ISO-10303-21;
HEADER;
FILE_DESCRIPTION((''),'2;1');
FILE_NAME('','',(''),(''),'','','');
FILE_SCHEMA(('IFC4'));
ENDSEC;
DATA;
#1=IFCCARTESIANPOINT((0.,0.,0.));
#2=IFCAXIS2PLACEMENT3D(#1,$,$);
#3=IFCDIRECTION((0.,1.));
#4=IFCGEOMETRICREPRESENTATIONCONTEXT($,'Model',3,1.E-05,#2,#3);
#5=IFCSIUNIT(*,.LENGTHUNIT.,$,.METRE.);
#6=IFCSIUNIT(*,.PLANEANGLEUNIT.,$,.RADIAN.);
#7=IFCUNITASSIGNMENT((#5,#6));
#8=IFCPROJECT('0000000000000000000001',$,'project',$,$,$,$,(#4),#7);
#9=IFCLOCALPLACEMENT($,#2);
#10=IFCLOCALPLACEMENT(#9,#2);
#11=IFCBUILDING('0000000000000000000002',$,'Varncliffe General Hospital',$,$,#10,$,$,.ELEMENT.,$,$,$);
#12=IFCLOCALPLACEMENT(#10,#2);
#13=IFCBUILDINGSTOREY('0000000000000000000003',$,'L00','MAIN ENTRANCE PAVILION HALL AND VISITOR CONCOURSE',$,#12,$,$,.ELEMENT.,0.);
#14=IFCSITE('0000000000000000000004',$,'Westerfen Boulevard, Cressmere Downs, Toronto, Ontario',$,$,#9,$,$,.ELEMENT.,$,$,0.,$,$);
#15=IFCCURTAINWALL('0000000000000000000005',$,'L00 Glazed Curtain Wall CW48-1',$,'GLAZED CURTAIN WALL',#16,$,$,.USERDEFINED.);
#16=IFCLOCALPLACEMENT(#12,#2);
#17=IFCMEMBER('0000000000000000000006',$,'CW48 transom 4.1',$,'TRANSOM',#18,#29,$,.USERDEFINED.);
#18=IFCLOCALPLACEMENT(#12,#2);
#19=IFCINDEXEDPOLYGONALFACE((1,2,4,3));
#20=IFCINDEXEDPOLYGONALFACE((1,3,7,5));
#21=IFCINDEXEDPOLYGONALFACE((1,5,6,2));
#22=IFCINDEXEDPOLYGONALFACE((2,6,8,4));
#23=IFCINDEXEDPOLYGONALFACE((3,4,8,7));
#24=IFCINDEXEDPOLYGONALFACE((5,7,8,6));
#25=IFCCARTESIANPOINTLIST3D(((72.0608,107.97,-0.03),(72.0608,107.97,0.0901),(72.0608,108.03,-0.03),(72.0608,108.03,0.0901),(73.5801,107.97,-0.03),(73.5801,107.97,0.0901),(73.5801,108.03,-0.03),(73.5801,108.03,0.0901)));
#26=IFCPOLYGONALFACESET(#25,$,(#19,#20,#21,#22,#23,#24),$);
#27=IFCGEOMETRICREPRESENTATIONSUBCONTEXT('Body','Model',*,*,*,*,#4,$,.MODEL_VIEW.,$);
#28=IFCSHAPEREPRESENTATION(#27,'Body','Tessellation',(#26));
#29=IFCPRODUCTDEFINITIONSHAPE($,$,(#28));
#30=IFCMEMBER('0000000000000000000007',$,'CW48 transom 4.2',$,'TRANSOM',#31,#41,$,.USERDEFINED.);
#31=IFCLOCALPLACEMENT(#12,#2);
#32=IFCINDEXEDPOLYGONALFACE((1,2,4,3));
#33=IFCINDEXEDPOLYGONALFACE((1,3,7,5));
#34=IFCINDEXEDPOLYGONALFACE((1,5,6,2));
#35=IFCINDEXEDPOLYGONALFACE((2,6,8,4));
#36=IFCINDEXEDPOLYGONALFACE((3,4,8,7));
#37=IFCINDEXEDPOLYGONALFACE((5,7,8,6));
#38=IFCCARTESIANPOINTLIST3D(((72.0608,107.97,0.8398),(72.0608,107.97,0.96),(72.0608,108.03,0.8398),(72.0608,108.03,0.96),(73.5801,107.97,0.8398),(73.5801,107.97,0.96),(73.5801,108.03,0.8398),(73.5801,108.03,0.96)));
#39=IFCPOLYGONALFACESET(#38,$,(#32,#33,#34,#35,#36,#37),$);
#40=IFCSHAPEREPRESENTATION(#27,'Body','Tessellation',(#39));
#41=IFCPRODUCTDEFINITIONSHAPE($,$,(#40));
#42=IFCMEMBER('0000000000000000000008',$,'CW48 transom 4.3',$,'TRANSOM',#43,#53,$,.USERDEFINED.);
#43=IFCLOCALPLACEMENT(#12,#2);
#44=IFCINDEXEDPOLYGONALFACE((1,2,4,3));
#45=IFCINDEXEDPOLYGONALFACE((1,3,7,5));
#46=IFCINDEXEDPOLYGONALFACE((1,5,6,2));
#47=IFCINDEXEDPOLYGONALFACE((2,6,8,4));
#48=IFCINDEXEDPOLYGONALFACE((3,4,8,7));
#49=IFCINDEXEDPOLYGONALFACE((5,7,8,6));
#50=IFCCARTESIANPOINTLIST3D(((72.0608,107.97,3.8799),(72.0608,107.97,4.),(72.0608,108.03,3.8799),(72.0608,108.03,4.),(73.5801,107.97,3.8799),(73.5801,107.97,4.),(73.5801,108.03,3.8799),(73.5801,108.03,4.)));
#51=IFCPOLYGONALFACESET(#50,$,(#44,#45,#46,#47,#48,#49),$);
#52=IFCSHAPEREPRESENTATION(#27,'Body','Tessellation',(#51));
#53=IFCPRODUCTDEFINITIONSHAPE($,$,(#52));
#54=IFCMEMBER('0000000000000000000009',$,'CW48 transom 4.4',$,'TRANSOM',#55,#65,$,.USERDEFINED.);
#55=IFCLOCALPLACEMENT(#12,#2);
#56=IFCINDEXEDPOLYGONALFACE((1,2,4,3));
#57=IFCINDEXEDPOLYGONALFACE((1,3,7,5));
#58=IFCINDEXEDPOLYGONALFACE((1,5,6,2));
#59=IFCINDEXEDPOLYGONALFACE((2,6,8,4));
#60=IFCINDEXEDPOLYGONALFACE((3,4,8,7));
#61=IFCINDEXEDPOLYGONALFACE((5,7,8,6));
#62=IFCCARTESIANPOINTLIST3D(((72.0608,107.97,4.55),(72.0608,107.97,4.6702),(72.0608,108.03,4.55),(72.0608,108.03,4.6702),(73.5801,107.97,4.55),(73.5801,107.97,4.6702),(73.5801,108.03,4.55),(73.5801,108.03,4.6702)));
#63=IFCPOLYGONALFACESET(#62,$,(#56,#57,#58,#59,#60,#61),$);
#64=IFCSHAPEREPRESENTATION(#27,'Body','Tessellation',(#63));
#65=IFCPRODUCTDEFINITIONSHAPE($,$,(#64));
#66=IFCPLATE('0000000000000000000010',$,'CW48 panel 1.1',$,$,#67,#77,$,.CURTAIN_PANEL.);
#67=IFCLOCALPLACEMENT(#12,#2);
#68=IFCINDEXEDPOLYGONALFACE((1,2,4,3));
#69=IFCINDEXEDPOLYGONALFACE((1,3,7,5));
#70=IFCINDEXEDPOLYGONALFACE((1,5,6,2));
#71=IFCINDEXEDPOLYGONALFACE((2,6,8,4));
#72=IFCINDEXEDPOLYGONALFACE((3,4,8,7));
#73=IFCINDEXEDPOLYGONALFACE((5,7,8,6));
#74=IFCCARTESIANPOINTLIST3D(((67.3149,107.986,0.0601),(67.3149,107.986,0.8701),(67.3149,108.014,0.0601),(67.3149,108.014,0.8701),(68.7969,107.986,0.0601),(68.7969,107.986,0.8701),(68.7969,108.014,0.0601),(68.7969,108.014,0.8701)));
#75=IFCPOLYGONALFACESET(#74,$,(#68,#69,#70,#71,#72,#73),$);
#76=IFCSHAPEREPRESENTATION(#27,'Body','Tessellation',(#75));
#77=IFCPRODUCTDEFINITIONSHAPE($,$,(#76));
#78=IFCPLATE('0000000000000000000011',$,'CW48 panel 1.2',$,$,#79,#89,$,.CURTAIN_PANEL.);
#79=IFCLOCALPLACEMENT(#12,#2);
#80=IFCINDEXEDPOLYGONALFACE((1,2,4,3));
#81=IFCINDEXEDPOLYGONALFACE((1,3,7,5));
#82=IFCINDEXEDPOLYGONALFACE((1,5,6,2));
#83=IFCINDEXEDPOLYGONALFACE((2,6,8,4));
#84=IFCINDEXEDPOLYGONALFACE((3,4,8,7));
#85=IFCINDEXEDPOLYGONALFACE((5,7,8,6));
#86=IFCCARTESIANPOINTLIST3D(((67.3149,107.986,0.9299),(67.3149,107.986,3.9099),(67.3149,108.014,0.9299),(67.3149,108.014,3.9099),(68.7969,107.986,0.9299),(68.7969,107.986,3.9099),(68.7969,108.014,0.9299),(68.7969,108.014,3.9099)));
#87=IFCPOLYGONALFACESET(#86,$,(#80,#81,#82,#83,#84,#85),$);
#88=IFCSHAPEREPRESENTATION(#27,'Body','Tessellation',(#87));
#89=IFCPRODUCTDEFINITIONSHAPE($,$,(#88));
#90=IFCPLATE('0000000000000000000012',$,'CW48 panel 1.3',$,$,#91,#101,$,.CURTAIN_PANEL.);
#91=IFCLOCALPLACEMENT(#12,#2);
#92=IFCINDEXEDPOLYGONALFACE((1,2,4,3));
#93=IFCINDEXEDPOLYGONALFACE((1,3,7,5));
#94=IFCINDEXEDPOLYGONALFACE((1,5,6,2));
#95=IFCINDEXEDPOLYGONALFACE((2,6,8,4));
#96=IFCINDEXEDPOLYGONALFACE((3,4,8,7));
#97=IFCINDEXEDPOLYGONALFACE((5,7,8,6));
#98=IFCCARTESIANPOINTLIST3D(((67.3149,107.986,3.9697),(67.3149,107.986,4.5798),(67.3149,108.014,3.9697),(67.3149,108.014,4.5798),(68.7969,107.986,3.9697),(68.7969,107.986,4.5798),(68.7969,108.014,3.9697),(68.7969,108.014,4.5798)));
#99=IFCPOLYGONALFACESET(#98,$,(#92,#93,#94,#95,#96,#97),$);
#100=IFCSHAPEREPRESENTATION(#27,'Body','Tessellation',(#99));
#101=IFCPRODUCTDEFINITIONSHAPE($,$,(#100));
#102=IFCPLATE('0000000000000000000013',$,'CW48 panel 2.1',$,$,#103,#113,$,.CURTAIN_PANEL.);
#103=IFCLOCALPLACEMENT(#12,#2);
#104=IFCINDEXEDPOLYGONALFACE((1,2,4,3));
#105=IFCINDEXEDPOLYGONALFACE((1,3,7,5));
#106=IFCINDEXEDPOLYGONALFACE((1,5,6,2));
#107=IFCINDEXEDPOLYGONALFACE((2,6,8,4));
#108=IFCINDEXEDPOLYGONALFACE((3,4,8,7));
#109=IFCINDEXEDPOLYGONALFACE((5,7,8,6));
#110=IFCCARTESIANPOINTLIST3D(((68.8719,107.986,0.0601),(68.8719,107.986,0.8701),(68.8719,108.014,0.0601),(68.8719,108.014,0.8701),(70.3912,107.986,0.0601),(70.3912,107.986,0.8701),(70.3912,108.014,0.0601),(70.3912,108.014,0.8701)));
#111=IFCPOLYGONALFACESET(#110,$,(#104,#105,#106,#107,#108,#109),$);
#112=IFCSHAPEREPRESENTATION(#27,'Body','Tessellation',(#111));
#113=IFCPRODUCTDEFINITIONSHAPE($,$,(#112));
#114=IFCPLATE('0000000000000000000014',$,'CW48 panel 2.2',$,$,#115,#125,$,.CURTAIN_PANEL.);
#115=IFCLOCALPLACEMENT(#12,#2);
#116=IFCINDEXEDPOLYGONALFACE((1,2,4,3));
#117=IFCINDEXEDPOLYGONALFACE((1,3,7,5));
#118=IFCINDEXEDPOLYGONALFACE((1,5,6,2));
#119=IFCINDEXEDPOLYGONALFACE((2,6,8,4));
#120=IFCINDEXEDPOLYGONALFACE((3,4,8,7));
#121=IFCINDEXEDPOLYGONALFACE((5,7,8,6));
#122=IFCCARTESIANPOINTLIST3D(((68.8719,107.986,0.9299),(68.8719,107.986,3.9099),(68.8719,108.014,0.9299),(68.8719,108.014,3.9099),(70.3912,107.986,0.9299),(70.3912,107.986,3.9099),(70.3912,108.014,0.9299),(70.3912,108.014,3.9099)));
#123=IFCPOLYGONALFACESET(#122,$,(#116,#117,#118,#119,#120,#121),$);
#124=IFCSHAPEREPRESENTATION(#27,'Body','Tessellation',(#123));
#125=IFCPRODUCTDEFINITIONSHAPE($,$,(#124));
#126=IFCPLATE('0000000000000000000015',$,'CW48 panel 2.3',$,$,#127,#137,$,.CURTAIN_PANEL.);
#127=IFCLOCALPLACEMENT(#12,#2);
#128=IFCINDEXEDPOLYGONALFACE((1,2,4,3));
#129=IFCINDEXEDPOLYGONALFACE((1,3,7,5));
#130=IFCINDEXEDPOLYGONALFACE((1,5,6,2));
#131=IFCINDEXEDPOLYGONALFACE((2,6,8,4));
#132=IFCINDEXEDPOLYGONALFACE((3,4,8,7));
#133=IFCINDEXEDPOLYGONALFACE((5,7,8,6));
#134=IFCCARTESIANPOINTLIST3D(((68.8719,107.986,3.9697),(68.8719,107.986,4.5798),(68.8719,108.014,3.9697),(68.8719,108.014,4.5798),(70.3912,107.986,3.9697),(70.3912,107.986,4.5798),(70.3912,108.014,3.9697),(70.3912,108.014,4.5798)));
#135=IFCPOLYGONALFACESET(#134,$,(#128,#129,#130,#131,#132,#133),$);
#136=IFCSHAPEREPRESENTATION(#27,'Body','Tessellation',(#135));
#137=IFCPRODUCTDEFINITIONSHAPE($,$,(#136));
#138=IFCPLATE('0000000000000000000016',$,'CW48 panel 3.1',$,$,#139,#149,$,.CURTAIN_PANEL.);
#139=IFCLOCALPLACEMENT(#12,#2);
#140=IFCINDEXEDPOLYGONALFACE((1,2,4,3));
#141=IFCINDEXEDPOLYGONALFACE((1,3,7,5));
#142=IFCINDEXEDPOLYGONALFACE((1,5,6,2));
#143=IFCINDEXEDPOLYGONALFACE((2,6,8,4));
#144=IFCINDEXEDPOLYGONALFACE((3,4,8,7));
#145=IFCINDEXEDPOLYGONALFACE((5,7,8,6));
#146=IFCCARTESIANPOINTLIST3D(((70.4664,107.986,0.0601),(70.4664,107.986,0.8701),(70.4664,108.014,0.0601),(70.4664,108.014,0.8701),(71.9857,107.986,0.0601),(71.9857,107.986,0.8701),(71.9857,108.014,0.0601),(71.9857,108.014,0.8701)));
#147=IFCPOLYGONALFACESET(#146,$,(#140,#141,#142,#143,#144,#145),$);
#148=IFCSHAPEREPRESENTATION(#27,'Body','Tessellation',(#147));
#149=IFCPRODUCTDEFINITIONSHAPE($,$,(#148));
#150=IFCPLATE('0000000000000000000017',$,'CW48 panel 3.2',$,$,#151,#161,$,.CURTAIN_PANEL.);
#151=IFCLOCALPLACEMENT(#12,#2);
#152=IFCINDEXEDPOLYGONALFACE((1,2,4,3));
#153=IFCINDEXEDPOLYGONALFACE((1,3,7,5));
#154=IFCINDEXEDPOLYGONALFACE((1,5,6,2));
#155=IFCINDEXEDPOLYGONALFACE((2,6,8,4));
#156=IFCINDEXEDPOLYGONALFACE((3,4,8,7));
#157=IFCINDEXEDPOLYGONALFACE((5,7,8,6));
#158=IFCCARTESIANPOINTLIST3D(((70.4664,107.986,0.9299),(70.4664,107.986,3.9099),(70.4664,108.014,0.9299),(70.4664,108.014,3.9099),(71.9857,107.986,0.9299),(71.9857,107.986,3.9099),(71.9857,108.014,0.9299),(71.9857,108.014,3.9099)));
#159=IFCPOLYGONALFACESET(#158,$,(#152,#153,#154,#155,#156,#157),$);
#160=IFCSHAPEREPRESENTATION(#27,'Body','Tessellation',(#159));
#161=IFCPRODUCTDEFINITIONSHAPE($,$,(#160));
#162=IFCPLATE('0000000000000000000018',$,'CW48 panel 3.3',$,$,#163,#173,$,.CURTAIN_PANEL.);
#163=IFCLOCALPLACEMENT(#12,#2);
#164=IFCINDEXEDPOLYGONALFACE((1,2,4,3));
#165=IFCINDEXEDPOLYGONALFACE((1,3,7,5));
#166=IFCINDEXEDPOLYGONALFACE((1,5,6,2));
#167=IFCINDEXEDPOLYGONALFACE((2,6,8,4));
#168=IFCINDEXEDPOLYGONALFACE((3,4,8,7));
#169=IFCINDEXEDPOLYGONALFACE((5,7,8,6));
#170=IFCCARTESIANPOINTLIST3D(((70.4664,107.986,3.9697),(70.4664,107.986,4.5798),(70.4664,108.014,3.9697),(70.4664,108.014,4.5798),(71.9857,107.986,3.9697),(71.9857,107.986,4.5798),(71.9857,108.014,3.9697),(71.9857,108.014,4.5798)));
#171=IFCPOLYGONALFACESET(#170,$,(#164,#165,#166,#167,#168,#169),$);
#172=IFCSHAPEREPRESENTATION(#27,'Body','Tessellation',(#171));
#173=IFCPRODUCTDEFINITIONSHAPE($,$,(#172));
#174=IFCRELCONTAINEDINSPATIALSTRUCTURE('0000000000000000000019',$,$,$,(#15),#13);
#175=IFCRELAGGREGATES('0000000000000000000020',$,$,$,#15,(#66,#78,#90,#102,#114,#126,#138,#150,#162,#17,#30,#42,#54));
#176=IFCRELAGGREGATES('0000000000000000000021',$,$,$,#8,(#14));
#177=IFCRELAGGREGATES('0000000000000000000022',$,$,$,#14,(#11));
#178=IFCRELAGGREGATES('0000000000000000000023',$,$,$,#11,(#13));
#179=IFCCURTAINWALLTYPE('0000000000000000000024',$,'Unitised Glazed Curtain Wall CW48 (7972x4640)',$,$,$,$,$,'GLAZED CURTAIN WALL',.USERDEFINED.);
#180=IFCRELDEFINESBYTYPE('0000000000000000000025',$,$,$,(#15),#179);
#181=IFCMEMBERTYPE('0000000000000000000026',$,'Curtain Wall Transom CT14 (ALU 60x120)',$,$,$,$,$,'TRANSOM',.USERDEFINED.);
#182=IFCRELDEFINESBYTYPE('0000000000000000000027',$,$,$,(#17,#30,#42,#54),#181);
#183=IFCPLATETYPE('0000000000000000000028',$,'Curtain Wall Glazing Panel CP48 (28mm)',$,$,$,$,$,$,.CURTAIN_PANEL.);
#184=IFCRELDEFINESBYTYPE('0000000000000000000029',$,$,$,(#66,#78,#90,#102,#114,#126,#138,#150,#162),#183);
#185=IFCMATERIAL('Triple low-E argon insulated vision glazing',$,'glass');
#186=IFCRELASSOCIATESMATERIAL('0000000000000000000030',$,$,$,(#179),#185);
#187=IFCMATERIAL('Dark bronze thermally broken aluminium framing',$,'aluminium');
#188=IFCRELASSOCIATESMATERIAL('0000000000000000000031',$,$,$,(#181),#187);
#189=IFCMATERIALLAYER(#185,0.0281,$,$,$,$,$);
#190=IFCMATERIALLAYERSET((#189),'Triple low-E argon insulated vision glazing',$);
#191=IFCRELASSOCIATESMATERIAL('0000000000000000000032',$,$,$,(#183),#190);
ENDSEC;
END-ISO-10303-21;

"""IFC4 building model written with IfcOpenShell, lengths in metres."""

from ifc_helpers import new_model, si_unit, direction, frame, origin, origin_2d, place, context, subcontext, project, spatial, rectangle, extrude, material, layer, layer_set, material_profile, profile_set, type_object, element, aggregate, save


model = new_model("IFC4")

# Units and contexts
model_context = context("Model", 3, precision=1e-05, world=origin(), true_north=direction((0.0, 1.0)))
body_context = subcontext(model_context, "Body", "Model", "MODEL_VIEW")
ifc_project = project(units=[si_unit("LENGTHUNIT", "METRE"), si_unit("PLANEANGLEUNIT", "RADIAN")], contexts=[model_context])

# Site, building, storey
site_placement = place(None, origin())
site = spatial("IfcSite", under=ifc_project, at=site_placement, Name="Westerfen Boulevard, Cressmere Downs, Toronto, Ontario", CompositionType="ELEMENT", RefElevation=0.0)
building_placement = place(site_placement, origin())
building = spatial("IfcBuilding", under=site, at=building_placement, Name="Varncliffe General Hospital", CompositionType="ELEMENT")
storey_placement = place(building_placement, origin())
storey = spatial("IfcBuildingStorey", under=building, at=storey_placement, Name="L00", Description="MAIN ENTRANCE PAVILION HALL AND VISITOR CONCOURSE", CompositionType="ELEMENT", Elevation=0.0)

# Curtain wall, members, plates
ifc_material_1 = material(Name="Triple low-E argon insulated vision glazing", Category="glass")
curtain_wall_type = type_object("IfcCurtainWallType", Name="Unitised Glazed Curtain Wall CW48 (7972x4640)", ElementType="GLAZED CURTAIN WALL", PredefinedType="USERDEFINED", material=ifc_material_1)
curtain_wall_placement = place(storey_placement, origin())
curtain_wall = element("IfcCurtainWall", 1, at=curtain_wall_placement, inside=storey, type_object=curtain_wall_type, Name="L00 Glazed Curtain Wall CW48-1", ObjectType="GLAZED CURTAIN WALL", PredefinedType="USERDEFINED")
ifc_material_2 = material(Name="Dark bronze thermally broken aluminium framing", Category="aluminium")
ifc_material_profile_1 = material_profile(ifc_material_2, rectangle(XDim=0.0601, YDim=0.1201, at=origin_2d()), Name="ALU 60x120")
ifc_profile_set_1 = profile_set([ifc_material_profile_1], Name="Dark bronze thermally broken aluminium framing")
member_type_1 = type_object("IfcMemberType", Name="Curtain Wall Transom CT14 (ALU 60x120)", ElementType="TRANSOM", PredefinedType="USERDEFINED", material=ifc_profile_set_1)
member_1_placement = place(storey_placement, frame((72.0608, 108.0, 0.03), z_axis=(1.0, 0.0, 0.0), x_axis=(0.0, 1.0, 0.0)))
member_1 = element("IfcMember", 2, at=member_1_placement, type_object=member_type_1, Name="CW48 transom 4.1", ObjectType="TRANSOM", PredefinedType="USERDEFINED", context=body_context, shape_type="SweptSolid", body=[
    extrude(rectangle(XDim=0.0601, YDim=0.1201, at=origin_2d()), origin(), (0.0, 0.0, 1.0), 1.5193),
])
member_2_placement = place(storey_placement, frame((72.0608, 108.0, 0.8999), z_axis=(1.0, 0.0, 0.0), x_axis=(0.0, 1.0, 0.0)))
member_2 = element("IfcMember", 3, at=member_2_placement, type_object=member_type_1, Name="CW48 transom 4.2", ObjectType="TRANSOM", PredefinedType="USERDEFINED", context=body_context, shape_type="SweptSolid", body=[
    extrude(rectangle(XDim=0.0601, YDim=0.1201, at=origin_2d()), origin(), (0.0, 0.0, 1.0), 1.5193),
])
member_3_placement = place(storey_placement, frame((72.0608, 108.0, 3.9399), z_axis=(1.0, 0.0, 0.0), x_axis=(0.0, 1.0, 0.0)))
member_3 = element("IfcMember", 4, at=member_3_placement, type_object=member_type_1, Name="CW48 transom 4.3", ObjectType="TRANSOM", PredefinedType="USERDEFINED", context=body_context, shape_type="SweptSolid", body=[
    extrude(rectangle(XDim=0.0601, YDim=0.1201, at=origin_2d()), origin(), (0.0, 0.0, 1.0), 1.5193),
])
member_4_placement = place(storey_placement, frame((72.0608, 108.0, 4.6101), z_axis=(1.0, 0.0, 0.0), x_axis=(0.0, 1.0, 0.0)))
member_4 = element("IfcMember", 5, at=member_4_placement, type_object=member_type_1, Name="CW48 transom 4.4", ObjectType="TRANSOM", PredefinedType="USERDEFINED", context=body_context, shape_type="SweptSolid", body=[
    extrude(rectangle(XDim=0.0601, YDim=0.1201, at=origin_2d()), origin(), (0.0, 0.0, 1.0), 1.5193),
])
ifc_layer = layer(ifc_material_1, 0.0281)
ifc_layer_set = layer_set([ifc_layer], Name="Triple low-E argon insulated vision glazing")
plate_type = type_object("IfcPlateType", Name="Curtain Wall Glazing Panel CP48 (28mm)", PredefinedType="CURTAIN_PANEL", material=ifc_layer_set)
plate_1_placement = place(storey_placement, frame((68.0559, 108.0, 0.0601), z_axis=(0.0, 0.0, 1.0), x_axis=(1.0, 0.0, 0.0)))
plate_1 = element("IfcPlate", 6, at=plate_1_placement, type_object=plate_type, Name="CW48 panel 1.1", PredefinedType="CURTAIN_PANEL", context=body_context, shape_type="SweptSolid", body=[
    extrude(rectangle(XDim=1.4819, YDim=0.0281, at=origin_2d()), origin(), (0.0, 0.0, 1.0), 0.8101),
])
plate_2_placement = place(storey_placement, frame((68.0559, 108.0, 0.9299), z_axis=(0.0, 0.0, 1.0), x_axis=(1.0, 0.0, 0.0)))
plate_2 = element("IfcPlate", 7, at=plate_2_placement, type_object=plate_type, Name="CW48 panel 1.2", PredefinedType="CURTAIN_PANEL", context=body_context, shape_type="SweptSolid", body=[
    extrude(rectangle(XDim=1.4819, YDim=0.0281, at=origin_2d()), origin(), (0.0, 0.0, 1.0), 2.98),
])
plate_3_placement = place(storey_placement, frame((68.0559, 108.0, 3.9697), z_axis=(0.0, 0.0, 1.0), x_axis=(1.0, 0.0, 0.0)))
plate_3 = element("IfcPlate", 8, at=plate_3_placement, type_object=plate_type, Name="CW48 panel 1.3", PredefinedType="CURTAIN_PANEL", context=body_context, shape_type="SweptSolid", body=[
    extrude(rectangle(XDim=1.4819, YDim=0.0281, at=origin_2d()), origin(), (0.0, 0.0, 1.0), 0.6101),
])
plate_4_placement = place(storey_placement, frame((69.6316, 108.0, 0.0601), z_axis=(0.0, 0.0, 1.0), x_axis=(1.0, 0.0, 0.0)))
plate_4 = element("IfcPlate", 9, at=plate_4_placement, type_object=plate_type, Name="CW48 panel 2.1", PredefinedType="CURTAIN_PANEL", context=body_context, shape_type="SweptSolid", body=[
    extrude(rectangle(XDim=1.5193, YDim=0.0281, at=origin_2d()), origin(), (0.0, 0.0, 1.0), 0.8101),
])
plate_5_placement = place(storey_placement, frame((69.6316, 108.0, 0.9299), z_axis=(0.0, 0.0, 1.0), x_axis=(1.0, 0.0, 0.0)))
plate_5 = element("IfcPlate", 10, at=plate_5_placement, type_object=plate_type, Name="CW48 panel 2.2", PredefinedType="CURTAIN_PANEL", context=body_context, shape_type="SweptSolid", body=[
    extrude(rectangle(XDim=1.5193, YDim=0.0281, at=origin_2d()), origin(), (0.0, 0.0, 1.0), 2.98),
])
plate_6_placement = place(storey_placement, frame((69.6316, 108.0, 3.9697), z_axis=(0.0, 0.0, 1.0), x_axis=(1.0, 0.0, 0.0)))
plate_6 = element("IfcPlate", 11, at=plate_6_placement, type_object=plate_type, Name="CW48 panel 2.3", PredefinedType="CURTAIN_PANEL", context=body_context, shape_type="SweptSolid", body=[
    extrude(rectangle(XDim=1.5193, YDim=0.0281, at=origin_2d()), origin(), (0.0, 0.0, 1.0), 0.6101),
])
plate_7_placement = place(storey_placement, frame((71.2261, 108.0, 0.0601), z_axis=(0.0, 0.0, 1.0), x_axis=(1.0, 0.0, 0.0)))
plate_7 = element("IfcPlate", 12, at=plate_7_placement, type_object=plate_type, Name="CW48 panel 3.1", PredefinedType="CURTAIN_PANEL", context=body_context, shape_type="SweptSolid", body=[
    extrude(rectangle(XDim=1.5193, YDim=0.0281, at=origin_2d()), origin(), (0.0, 0.0, 1.0), 0.8101),
])
plate_8_placement = place(storey_placement, frame((71.2261, 108.0, 0.9299), z_axis=(0.0, 0.0, 1.0), x_axis=(1.0, 0.0, 0.0)))
plate_8 = element("IfcPlate", 13, at=plate_8_placement, type_object=plate_type, Name="CW48 panel 3.2", PredefinedType="CURTAIN_PANEL", context=body_context, shape_type="SweptSolid", body=[
    extrude(rectangle(XDim=1.5193, YDim=0.0281, at=origin_2d()), origin(), (0.0, 0.0, 1.0), 2.98),
])
plate_9_placement = place(storey_placement, frame((71.2261, 108.0, 3.9697), z_axis=(0.0, 0.0, 1.0), x_axis=(1.0, 0.0, 0.0)))
plate_9 = element("IfcPlate", 14, at=plate_9_placement, type_object=plate_type, Name="CW48 panel 3.3", PredefinedType="CURTAIN_PANEL", context=body_context, shape_type="SweptSolid", body=[
    extrude(rectangle(XDim=1.5193, YDim=0.0281, at=origin_2d()), origin(), (0.0, 0.0, 1.0), 0.6101),
])
aggregate(curtain_wall, [plate_1, plate_2, plate_3, plate_4, plate_5, plate_6, plate_7, plate_8, plate_9, member_1, member_2, member_3, member_4])

save(model, "model.ifc")
